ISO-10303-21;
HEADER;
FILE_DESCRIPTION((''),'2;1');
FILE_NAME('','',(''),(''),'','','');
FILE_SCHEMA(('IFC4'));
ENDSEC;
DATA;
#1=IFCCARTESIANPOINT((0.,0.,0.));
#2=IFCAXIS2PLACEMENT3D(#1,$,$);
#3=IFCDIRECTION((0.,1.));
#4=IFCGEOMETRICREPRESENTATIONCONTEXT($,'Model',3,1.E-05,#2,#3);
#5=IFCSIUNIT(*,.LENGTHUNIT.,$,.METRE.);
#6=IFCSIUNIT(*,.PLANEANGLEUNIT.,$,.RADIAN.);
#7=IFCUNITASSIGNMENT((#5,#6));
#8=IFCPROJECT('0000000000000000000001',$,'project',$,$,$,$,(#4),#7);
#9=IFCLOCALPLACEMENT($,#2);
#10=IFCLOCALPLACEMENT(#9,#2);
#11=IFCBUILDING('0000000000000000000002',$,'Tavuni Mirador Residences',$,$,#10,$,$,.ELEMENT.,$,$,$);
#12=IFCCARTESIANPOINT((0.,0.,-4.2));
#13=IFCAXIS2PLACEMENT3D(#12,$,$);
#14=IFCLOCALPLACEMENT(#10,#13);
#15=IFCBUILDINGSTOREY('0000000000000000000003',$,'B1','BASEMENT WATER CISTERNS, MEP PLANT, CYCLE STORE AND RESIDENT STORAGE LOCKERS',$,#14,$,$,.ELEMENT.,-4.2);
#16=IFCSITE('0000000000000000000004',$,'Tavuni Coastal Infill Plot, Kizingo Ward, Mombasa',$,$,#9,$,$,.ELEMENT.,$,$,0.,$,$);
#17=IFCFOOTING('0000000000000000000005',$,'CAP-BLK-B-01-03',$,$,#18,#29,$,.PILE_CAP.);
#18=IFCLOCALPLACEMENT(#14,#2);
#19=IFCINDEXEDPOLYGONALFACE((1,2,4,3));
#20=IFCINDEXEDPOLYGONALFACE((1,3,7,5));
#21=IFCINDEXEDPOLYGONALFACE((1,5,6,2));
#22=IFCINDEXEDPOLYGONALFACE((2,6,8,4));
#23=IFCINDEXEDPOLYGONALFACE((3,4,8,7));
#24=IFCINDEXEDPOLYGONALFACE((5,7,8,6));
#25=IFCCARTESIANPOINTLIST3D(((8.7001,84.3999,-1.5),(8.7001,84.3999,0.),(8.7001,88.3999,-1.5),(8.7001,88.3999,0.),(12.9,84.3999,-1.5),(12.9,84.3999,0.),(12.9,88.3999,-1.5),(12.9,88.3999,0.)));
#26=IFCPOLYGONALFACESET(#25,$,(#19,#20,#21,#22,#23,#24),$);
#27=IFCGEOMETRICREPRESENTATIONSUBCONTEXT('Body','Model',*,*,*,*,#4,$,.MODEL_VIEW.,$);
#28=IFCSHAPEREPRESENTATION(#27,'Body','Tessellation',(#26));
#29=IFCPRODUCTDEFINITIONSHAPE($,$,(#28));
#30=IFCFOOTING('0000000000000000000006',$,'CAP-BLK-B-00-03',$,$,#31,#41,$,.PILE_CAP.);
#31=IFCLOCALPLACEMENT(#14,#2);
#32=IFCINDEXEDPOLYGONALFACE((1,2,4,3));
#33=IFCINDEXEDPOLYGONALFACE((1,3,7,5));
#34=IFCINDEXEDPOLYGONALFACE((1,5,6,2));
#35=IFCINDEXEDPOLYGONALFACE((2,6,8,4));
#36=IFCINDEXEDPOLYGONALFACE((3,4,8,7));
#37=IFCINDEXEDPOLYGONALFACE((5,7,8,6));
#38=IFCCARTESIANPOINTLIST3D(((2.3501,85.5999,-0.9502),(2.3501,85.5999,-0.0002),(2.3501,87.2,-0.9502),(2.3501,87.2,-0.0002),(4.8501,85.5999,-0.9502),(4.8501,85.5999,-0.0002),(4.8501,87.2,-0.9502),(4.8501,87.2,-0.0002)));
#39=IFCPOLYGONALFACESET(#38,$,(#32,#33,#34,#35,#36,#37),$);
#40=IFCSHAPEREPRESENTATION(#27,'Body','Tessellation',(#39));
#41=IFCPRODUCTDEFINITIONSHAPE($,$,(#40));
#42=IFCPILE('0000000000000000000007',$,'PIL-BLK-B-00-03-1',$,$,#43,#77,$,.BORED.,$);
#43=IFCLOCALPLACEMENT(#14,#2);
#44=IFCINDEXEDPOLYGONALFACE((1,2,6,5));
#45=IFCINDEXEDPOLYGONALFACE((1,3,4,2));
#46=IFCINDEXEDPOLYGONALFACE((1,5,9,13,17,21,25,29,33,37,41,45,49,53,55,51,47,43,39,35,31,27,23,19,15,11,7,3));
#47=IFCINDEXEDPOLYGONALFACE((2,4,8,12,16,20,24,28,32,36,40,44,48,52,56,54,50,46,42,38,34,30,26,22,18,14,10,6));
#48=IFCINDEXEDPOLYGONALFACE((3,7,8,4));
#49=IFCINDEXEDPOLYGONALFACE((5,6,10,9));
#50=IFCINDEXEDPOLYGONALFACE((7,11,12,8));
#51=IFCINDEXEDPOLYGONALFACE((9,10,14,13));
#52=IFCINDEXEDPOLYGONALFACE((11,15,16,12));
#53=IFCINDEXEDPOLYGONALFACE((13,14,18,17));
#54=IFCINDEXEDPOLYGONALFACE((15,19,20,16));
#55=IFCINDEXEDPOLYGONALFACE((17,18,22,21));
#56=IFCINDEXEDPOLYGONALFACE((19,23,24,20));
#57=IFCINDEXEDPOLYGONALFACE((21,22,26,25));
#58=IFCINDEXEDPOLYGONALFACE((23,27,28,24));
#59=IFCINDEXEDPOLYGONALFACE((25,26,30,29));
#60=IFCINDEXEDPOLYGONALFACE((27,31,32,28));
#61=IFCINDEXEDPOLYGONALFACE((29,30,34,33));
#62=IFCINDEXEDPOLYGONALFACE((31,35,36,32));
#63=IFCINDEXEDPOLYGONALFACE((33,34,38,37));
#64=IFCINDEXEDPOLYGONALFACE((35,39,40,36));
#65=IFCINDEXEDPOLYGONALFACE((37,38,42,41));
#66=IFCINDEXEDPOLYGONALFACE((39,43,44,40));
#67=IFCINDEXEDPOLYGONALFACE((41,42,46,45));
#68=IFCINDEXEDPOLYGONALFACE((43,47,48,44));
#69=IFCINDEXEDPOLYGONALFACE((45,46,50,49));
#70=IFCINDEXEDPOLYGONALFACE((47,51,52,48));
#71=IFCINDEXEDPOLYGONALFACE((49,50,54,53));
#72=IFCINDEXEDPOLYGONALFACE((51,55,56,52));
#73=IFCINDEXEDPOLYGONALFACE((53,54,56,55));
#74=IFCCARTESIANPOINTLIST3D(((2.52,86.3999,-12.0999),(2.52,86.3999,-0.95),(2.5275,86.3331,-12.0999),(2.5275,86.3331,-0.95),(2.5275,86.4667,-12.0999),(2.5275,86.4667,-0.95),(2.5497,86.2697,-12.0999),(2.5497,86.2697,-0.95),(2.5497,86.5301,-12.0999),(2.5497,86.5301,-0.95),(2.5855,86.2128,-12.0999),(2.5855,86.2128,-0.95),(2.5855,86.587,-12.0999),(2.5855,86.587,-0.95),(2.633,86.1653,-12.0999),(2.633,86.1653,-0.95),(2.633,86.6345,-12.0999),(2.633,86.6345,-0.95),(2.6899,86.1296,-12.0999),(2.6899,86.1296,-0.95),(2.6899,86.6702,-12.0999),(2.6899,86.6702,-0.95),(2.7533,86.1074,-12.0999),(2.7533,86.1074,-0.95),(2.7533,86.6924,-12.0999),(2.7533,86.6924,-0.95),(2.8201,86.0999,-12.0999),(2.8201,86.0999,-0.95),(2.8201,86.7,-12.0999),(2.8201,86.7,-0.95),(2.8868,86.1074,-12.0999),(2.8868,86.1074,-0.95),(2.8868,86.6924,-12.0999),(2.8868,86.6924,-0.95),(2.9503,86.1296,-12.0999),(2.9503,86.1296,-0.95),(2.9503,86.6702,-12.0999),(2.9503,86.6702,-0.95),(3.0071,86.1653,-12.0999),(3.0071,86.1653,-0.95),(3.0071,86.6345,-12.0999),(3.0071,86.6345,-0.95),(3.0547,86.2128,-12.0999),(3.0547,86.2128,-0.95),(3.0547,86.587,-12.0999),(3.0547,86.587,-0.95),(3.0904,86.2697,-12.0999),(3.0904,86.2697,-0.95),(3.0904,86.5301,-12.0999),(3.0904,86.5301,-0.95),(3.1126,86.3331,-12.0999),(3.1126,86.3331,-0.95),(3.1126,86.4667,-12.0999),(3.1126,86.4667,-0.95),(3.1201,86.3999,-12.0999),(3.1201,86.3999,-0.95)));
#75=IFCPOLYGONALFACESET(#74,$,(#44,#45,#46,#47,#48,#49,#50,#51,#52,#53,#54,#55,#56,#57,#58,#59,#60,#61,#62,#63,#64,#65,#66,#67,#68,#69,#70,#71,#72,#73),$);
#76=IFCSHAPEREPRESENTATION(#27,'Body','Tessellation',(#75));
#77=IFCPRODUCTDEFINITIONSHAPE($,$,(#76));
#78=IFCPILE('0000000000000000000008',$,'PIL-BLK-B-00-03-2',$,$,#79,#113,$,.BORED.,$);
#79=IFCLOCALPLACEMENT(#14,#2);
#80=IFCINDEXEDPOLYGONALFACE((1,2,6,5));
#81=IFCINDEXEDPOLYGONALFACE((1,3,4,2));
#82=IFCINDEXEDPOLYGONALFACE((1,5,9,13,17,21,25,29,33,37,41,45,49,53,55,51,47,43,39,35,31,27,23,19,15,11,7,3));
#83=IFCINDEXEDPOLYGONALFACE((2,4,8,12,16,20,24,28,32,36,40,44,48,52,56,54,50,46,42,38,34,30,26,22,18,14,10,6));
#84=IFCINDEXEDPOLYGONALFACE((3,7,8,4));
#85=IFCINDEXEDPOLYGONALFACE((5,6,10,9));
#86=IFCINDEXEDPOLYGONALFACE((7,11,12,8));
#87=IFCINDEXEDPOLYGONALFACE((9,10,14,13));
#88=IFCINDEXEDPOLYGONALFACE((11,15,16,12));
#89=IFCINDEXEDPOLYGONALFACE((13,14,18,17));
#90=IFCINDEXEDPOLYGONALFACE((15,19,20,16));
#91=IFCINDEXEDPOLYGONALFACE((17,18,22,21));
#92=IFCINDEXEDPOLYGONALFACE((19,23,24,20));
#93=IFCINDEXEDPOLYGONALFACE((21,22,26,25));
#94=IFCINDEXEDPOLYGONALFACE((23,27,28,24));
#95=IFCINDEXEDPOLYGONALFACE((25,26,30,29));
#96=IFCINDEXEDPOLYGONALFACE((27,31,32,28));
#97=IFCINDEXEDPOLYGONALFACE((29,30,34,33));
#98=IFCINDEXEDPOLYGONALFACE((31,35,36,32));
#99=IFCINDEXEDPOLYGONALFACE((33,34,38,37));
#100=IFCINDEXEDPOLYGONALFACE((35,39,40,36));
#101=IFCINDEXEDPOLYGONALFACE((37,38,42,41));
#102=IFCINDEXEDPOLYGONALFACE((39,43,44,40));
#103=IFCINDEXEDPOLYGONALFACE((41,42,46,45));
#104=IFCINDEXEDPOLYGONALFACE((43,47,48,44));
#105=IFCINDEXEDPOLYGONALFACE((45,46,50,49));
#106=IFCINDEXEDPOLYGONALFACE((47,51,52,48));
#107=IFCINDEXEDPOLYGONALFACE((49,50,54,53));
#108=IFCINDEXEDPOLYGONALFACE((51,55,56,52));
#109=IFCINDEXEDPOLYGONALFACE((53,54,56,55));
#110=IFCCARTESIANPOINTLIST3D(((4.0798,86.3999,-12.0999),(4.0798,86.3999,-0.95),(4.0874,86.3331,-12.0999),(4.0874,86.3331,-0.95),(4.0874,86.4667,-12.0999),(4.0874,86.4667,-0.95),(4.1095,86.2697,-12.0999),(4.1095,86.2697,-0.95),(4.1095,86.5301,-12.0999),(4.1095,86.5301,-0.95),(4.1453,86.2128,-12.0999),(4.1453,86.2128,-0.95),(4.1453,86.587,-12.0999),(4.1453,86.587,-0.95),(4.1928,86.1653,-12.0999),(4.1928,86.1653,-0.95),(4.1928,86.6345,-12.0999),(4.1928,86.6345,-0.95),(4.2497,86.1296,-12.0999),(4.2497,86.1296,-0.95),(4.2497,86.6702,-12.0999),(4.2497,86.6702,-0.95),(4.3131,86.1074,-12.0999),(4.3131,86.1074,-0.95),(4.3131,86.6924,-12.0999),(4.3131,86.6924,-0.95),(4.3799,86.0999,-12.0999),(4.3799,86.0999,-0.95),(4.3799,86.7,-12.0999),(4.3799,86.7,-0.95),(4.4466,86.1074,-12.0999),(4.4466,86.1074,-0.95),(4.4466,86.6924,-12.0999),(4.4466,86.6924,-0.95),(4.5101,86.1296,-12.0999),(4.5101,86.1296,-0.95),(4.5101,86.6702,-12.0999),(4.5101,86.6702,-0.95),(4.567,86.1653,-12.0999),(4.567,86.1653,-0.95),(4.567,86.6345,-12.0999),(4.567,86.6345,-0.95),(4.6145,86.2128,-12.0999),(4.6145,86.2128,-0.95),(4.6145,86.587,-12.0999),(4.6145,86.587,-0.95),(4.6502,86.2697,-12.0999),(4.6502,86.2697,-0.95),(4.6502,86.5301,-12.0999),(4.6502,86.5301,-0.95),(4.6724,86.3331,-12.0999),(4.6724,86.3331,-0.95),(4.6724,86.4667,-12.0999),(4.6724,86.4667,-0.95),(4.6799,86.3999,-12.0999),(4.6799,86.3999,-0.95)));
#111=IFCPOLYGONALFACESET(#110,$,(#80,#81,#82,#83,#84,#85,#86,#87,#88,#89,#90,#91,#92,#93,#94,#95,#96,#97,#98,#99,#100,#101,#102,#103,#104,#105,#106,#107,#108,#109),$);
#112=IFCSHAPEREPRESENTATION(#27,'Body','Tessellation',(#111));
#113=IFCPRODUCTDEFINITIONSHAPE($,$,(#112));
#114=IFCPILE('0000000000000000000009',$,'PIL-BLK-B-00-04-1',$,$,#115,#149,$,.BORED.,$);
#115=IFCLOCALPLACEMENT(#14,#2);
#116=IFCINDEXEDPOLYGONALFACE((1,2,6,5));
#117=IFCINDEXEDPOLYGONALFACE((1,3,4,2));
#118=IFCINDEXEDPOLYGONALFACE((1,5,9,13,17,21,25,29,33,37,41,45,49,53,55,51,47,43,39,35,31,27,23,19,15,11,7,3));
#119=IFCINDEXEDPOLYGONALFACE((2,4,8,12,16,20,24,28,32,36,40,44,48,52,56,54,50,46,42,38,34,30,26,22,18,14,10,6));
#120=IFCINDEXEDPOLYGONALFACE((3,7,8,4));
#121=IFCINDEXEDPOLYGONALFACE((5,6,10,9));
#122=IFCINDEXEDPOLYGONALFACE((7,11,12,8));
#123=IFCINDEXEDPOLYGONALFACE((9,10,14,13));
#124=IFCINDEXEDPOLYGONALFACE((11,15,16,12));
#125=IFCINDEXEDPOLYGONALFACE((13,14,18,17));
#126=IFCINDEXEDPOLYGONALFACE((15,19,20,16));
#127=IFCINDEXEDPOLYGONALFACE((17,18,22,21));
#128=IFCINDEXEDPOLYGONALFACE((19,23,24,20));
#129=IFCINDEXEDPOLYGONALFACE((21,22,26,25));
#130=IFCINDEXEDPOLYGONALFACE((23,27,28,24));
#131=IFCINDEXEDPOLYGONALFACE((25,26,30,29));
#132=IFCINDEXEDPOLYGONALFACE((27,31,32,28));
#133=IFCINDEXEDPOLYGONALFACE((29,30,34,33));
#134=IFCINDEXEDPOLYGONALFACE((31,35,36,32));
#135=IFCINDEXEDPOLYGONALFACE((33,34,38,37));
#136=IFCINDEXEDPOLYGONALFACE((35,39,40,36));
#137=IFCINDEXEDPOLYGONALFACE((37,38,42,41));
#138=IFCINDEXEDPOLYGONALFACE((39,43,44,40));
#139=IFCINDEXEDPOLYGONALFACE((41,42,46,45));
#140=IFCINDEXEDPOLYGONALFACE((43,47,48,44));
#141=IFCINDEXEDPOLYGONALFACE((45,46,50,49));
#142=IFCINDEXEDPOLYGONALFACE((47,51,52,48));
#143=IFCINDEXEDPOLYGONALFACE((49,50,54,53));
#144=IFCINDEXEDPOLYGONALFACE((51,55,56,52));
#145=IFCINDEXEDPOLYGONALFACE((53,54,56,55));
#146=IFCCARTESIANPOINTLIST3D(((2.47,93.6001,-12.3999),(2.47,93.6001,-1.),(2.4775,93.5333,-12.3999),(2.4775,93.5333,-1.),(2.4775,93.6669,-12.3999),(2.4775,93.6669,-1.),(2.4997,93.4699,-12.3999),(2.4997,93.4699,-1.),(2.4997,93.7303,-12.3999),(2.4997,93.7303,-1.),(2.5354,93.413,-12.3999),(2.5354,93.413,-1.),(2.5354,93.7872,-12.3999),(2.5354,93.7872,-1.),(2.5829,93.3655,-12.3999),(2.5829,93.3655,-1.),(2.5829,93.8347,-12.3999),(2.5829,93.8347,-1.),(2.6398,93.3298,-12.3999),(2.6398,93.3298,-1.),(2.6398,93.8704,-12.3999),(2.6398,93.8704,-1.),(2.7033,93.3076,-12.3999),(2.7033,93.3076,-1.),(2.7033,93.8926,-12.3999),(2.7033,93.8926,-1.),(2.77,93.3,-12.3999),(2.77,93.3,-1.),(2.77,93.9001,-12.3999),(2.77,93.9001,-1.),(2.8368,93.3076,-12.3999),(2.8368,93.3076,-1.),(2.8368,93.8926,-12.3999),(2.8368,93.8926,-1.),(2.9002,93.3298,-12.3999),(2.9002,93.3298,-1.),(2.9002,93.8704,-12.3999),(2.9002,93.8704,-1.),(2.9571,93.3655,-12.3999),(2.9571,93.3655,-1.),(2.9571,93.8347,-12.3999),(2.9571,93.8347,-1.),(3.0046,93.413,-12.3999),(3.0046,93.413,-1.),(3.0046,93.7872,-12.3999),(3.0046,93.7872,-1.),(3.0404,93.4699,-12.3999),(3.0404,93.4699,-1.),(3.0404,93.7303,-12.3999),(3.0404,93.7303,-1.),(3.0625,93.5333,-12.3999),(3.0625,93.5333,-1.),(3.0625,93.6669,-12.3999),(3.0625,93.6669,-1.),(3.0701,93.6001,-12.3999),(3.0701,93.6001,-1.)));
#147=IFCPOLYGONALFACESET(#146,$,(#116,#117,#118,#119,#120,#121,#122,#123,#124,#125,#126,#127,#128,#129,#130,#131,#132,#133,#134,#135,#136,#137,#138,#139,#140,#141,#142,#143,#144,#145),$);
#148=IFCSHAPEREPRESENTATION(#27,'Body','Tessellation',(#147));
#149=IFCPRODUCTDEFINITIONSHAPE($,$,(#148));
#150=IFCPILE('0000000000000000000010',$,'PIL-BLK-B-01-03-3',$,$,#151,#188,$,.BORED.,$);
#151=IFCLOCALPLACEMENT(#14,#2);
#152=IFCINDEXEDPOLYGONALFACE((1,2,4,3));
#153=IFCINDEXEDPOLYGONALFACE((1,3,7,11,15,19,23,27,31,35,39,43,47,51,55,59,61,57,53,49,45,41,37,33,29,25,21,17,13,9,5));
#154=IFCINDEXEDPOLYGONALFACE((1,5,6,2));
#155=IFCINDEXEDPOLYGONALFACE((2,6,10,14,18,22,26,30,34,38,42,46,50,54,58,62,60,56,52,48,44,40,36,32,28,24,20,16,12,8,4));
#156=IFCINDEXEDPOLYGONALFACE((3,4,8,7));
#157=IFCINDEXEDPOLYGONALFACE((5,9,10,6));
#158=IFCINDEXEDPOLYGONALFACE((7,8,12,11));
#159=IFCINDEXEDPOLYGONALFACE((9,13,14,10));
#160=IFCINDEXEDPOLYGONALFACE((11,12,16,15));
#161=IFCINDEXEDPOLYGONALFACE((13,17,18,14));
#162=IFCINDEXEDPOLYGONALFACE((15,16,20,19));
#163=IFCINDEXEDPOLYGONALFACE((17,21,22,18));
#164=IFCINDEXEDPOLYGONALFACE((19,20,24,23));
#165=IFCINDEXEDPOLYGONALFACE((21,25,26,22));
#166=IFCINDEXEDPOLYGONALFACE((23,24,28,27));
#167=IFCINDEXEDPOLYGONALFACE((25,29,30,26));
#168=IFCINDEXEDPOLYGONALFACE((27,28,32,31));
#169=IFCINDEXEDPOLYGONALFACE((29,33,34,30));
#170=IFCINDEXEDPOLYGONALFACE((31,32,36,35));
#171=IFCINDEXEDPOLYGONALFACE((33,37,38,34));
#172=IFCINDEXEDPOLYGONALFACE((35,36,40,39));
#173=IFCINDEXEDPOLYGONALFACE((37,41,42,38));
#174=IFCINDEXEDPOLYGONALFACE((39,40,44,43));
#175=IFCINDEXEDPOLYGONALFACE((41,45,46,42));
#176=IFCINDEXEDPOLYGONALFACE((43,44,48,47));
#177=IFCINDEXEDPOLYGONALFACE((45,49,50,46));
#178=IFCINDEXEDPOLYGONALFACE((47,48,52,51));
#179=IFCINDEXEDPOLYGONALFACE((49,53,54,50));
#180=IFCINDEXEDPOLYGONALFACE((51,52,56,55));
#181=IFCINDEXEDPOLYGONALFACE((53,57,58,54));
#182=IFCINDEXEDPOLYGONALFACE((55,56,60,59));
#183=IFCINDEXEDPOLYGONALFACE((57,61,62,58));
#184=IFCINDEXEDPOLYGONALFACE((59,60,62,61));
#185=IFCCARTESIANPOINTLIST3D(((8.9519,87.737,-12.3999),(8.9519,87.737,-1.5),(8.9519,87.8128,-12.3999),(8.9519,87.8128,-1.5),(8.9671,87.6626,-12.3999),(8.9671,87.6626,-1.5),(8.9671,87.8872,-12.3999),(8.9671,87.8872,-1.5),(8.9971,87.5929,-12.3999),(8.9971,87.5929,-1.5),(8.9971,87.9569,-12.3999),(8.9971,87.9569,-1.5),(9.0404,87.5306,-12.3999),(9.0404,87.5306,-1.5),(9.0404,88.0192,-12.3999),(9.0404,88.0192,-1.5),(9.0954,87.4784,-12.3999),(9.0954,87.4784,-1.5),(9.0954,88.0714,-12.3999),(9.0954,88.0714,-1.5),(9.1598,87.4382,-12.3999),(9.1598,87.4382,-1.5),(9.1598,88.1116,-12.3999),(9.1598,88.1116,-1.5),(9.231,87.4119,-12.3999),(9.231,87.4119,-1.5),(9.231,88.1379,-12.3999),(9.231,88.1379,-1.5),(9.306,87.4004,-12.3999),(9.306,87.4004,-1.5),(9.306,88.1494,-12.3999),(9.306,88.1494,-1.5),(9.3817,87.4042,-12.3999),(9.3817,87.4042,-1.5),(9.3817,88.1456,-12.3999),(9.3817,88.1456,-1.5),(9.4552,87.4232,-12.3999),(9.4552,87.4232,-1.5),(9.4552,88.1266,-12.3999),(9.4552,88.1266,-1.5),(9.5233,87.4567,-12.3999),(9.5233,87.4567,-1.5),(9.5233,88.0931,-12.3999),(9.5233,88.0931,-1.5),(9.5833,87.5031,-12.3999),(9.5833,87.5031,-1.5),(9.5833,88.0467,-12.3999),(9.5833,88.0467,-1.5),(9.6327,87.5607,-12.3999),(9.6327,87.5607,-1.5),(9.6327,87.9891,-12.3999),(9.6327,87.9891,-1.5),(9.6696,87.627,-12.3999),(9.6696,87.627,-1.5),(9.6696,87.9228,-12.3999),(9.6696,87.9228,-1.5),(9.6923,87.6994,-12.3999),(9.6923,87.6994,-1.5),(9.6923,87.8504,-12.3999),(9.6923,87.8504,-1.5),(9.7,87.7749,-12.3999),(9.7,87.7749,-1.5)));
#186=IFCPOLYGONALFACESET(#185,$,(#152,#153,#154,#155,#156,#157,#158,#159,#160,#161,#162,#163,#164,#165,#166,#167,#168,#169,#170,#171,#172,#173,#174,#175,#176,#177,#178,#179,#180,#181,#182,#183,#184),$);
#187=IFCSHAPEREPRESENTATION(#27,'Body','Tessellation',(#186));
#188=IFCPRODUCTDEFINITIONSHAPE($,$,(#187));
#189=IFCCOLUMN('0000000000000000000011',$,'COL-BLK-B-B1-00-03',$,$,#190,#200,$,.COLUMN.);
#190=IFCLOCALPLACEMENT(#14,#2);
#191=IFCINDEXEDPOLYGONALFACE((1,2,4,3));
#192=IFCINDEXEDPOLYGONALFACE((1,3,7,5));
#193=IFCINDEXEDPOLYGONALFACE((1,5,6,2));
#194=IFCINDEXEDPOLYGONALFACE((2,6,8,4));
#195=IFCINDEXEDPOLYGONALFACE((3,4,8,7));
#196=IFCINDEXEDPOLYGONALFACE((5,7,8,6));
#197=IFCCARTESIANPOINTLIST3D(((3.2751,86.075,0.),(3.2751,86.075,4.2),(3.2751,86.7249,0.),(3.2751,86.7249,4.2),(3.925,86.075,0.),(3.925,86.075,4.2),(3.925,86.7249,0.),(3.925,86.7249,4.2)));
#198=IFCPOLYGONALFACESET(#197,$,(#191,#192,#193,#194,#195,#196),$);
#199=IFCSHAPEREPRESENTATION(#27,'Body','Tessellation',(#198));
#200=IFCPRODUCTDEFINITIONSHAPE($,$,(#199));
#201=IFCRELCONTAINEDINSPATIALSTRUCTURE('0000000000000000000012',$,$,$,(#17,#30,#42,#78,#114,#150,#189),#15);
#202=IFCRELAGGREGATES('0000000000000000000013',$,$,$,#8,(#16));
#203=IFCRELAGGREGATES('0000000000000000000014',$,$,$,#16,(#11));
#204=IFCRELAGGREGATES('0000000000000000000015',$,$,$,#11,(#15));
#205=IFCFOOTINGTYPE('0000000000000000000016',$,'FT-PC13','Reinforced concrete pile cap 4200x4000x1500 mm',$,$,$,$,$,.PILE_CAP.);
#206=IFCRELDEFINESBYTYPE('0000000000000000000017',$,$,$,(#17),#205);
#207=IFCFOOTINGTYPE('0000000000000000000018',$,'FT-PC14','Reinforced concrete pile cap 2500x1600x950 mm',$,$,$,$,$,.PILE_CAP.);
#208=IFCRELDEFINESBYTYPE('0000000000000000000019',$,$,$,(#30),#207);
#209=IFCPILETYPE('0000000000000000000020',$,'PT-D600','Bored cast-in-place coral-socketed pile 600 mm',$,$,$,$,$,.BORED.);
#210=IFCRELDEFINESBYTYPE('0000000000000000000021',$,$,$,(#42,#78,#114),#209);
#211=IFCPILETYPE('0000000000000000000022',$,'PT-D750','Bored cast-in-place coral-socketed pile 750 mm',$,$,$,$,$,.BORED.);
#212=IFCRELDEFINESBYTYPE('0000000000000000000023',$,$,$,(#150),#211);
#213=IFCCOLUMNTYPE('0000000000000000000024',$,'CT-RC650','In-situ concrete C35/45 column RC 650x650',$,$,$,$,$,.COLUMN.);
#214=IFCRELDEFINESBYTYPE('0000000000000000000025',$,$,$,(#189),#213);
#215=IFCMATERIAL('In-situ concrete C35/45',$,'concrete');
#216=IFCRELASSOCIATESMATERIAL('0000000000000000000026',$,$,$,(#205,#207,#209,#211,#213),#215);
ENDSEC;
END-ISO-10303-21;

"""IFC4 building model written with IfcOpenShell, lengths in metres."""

from ifc_helpers import new_model, si_unit, direction, frame, origin, origin_2d, place, context, subcontext, project, spatial, rectangle, circle, extrude, material, material_profile, profile_set, type_object, element, save


model = new_model("IFC4")

# Units and contexts
model_context = context("Model", 3, precision=1e-05, world=origin(), true_north=direction((0.0, 1.0)))
body_context = subcontext(model_context, "Body", "Model", "MODEL_VIEW")
ifc_project = project(units=[si_unit("LENGTHUNIT", "METRE"), si_unit("PLANEANGLEUNIT", "RADIAN")], contexts=[model_context])

# Site, building, storey
site_placement = place(None, origin())
site = spatial("IfcSite", under=ifc_project, at=site_placement, Name="Tavuni Coastal Infill Plot, Kizingo Ward, Mombasa", CompositionType="ELEMENT", RefElevation=0.0)
building_placement = place(site_placement, origin())
building = spatial("IfcBuilding", under=site, at=building_placement, Name="Tavuni Mirador Residences", CompositionType="ELEMENT")
storey_placement = place(building_placement, frame((0.0, 0.0, -4.2)))
storey = spatial("IfcBuildingStorey", under=building, at=storey_placement, Name="B1", Description="BASEMENT WATER CISTERNS, MEP PLANT, CYCLE STORE AND RESIDENT STORAGE LOCKERS", CompositionType="ELEMENT", Elevation=-4.2)

# Footings
ifc_material_1 = material(Name="In-situ concrete C35/45", Category="concrete")
footing_type_1 = type_object("IfcFootingType", Name="FT-PC13", Description="Reinforced concrete pile cap 4200x4000x1500 mm", PredefinedType="PILE_CAP", material=ifc_material_1)
footing_1_placement = place(storey_placement, frame((10.8, 86.3999, -1.5), z_axis=(0.0, 0.0, 1.0), x_axis=(1.0, 0.0, 0.0)))
element("IfcFooting", 1, at=footing_1_placement, inside=storey, type_object=footing_type_1, Name="CAP-BLK-B-01-03", PredefinedType="PILE_CAP", context=body_context, shape_type="SweptSolid", body=[
    extrude(rectangle(XDim=4.2, YDim=4.0, at=origin_2d()), origin(), (0.0, 0.0, 1.0), 1.5),
])
footing_type_2 = type_object("IfcFootingType", Name="FT-PC14", Description="Reinforced concrete pile cap 2500x1600x950 mm", PredefinedType="PILE_CAP", material=ifc_material_1)
footing_2_placement = place(storey_placement, frame((3.6001, 86.3999, -0.9502), z_axis=(0.0, 0.0, 1.0), x_axis=(1.0, 0.0, 0.0)))
element("IfcFooting", 2, at=footing_2_placement, inside=storey, type_object=footing_type_2, Name="CAP-BLK-B-00-03", PredefinedType="PILE_CAP", context=body_context, shape_type="SweptSolid", body=[
    extrude(rectangle(XDim=2.5, YDim=1.6001, at=origin_2d()), origin(), (0.0, 0.0, 1.0), 0.95),
])

# Piles
ifc_material_profile_1 = material_profile(ifc_material_1, circle(Radius=0.3, at=origin_2d()), Name="PILE D600", Category="concrete")
ifc_profile_set_1 = profile_set([ifc_material_profile_1], Name="In-situ concrete C35/45")
pile_type_1 = type_object("IfcPileType", Name="PT-D600", Description="Bored cast-in-place coral-socketed pile 600 mm", PredefinedType="BORED", material=ifc_profile_set_1)
for number, where, z_axis, x_axis, name in (
    (3, (2.8201, 86.3999, -0.95), (0.0, 0.0, -1.0), (1.0, 0.0, 0.0), "PIL-BLK-B-00-03-1"),
    (4, (4.3799, 86.3999, -0.95), (0.0, 0.0, -1.0), (1.0, 0.0, 0.0), "PIL-BLK-B-00-03-2"),
):
    element("IfcPile", number, at=place(storey_placement, frame(where, z_axis=z_axis, x_axis=x_axis)), inside=storey, type_object=pile_type_1, Name=name, PredefinedType="BORED", context=body_context, shape_type="SweptSolid", body=[
        extrude(circle(Radius=0.3, at=origin_2d()), origin(), (0.0, 0.0, 1.0), 11.1499),
    ])
pile_1_placement = place(storey_placement, frame((2.77, 93.6001, -1.0), z_axis=(0.0, 0.0, -1.0), x_axis=(1.0, 0.0, 0.0)))
element("IfcPile", 5, at=pile_1_placement, inside=storey, type_object=pile_type_1, Name="PIL-BLK-B-00-04-1", PredefinedType="BORED", context=body_context, shape_type="SweptSolid", body=[
    extrude(circle(Radius=0.3, at=origin_2d()), origin(), (0.0, 0.0, 1.0), 11.3999),
])
ifc_material_profile_2 = material_profile(ifc_material_1, circle(Radius=0.375, at=origin_2d()), Name="PILE D750", Category="concrete")
ifc_profile_set_2 = profile_set([ifc_material_profile_2], Name="In-situ concrete C35/45")
pile_type_2 = type_object("IfcPileType", Name="PT-D750", Description="Bored cast-in-place coral-socketed pile 750 mm", PredefinedType="BORED", material=ifc_profile_set_2)
pile_2_placement = place(storey_placement, frame((9.325, 87.7749, -1.5), z_axis=(0.0, 0.0, -1.0), x_axis=(1.0, 0.0, 0.0)))
element("IfcPile", 6, at=pile_2_placement, inside=storey, type_object=pile_type_2, Name="PIL-BLK-B-01-03-3", PredefinedType="BORED", context=body_context, shape_type="SweptSolid", body=[
    extrude(circle(Radius=0.375, at=origin_2d()), origin(), (0.0, 0.0, 1.0), 10.8999),
])

# Column
ifc_material_profile_3 = material_profile(ifc_material_1, rectangle(XDim=0.6499, YDim=0.6499, at=origin_2d()), Name="RC 650x650", Category="concrete")
ifc_profile_set_3 = profile_set([ifc_material_profile_3], Name="In-situ concrete C35/45")
column_type = type_object("IfcColumnType", Name="CT-RC650", Description="In-situ concrete C35/45 column RC 650x650", PredefinedType="COLUMN", material=ifc_profile_set_3)
for number, where, z_axis, x_axis, name in (
    (7, (3.6001, 86.3999, 0.0), (0.0, 0.0, 1.0), (1.0, 0.0, 0.0), "COL-BLK-B-B1-00-03"),
):
    element("IfcColumn", number, at=place(storey_placement, frame(where, z_axis=z_axis, x_axis=x_axis)), inside=storey, type_object=column_type, Name=name, PredefinedType="COLUMN", context=body_context, shape_type="SweptSolid", body=[
        extrude(rectangle(XDim=0.6499, YDim=0.6499, at=origin_2d()), origin(), (0.0, 0.0, 1.0), 4.2),
    ])

save(model, "model.ifc")
